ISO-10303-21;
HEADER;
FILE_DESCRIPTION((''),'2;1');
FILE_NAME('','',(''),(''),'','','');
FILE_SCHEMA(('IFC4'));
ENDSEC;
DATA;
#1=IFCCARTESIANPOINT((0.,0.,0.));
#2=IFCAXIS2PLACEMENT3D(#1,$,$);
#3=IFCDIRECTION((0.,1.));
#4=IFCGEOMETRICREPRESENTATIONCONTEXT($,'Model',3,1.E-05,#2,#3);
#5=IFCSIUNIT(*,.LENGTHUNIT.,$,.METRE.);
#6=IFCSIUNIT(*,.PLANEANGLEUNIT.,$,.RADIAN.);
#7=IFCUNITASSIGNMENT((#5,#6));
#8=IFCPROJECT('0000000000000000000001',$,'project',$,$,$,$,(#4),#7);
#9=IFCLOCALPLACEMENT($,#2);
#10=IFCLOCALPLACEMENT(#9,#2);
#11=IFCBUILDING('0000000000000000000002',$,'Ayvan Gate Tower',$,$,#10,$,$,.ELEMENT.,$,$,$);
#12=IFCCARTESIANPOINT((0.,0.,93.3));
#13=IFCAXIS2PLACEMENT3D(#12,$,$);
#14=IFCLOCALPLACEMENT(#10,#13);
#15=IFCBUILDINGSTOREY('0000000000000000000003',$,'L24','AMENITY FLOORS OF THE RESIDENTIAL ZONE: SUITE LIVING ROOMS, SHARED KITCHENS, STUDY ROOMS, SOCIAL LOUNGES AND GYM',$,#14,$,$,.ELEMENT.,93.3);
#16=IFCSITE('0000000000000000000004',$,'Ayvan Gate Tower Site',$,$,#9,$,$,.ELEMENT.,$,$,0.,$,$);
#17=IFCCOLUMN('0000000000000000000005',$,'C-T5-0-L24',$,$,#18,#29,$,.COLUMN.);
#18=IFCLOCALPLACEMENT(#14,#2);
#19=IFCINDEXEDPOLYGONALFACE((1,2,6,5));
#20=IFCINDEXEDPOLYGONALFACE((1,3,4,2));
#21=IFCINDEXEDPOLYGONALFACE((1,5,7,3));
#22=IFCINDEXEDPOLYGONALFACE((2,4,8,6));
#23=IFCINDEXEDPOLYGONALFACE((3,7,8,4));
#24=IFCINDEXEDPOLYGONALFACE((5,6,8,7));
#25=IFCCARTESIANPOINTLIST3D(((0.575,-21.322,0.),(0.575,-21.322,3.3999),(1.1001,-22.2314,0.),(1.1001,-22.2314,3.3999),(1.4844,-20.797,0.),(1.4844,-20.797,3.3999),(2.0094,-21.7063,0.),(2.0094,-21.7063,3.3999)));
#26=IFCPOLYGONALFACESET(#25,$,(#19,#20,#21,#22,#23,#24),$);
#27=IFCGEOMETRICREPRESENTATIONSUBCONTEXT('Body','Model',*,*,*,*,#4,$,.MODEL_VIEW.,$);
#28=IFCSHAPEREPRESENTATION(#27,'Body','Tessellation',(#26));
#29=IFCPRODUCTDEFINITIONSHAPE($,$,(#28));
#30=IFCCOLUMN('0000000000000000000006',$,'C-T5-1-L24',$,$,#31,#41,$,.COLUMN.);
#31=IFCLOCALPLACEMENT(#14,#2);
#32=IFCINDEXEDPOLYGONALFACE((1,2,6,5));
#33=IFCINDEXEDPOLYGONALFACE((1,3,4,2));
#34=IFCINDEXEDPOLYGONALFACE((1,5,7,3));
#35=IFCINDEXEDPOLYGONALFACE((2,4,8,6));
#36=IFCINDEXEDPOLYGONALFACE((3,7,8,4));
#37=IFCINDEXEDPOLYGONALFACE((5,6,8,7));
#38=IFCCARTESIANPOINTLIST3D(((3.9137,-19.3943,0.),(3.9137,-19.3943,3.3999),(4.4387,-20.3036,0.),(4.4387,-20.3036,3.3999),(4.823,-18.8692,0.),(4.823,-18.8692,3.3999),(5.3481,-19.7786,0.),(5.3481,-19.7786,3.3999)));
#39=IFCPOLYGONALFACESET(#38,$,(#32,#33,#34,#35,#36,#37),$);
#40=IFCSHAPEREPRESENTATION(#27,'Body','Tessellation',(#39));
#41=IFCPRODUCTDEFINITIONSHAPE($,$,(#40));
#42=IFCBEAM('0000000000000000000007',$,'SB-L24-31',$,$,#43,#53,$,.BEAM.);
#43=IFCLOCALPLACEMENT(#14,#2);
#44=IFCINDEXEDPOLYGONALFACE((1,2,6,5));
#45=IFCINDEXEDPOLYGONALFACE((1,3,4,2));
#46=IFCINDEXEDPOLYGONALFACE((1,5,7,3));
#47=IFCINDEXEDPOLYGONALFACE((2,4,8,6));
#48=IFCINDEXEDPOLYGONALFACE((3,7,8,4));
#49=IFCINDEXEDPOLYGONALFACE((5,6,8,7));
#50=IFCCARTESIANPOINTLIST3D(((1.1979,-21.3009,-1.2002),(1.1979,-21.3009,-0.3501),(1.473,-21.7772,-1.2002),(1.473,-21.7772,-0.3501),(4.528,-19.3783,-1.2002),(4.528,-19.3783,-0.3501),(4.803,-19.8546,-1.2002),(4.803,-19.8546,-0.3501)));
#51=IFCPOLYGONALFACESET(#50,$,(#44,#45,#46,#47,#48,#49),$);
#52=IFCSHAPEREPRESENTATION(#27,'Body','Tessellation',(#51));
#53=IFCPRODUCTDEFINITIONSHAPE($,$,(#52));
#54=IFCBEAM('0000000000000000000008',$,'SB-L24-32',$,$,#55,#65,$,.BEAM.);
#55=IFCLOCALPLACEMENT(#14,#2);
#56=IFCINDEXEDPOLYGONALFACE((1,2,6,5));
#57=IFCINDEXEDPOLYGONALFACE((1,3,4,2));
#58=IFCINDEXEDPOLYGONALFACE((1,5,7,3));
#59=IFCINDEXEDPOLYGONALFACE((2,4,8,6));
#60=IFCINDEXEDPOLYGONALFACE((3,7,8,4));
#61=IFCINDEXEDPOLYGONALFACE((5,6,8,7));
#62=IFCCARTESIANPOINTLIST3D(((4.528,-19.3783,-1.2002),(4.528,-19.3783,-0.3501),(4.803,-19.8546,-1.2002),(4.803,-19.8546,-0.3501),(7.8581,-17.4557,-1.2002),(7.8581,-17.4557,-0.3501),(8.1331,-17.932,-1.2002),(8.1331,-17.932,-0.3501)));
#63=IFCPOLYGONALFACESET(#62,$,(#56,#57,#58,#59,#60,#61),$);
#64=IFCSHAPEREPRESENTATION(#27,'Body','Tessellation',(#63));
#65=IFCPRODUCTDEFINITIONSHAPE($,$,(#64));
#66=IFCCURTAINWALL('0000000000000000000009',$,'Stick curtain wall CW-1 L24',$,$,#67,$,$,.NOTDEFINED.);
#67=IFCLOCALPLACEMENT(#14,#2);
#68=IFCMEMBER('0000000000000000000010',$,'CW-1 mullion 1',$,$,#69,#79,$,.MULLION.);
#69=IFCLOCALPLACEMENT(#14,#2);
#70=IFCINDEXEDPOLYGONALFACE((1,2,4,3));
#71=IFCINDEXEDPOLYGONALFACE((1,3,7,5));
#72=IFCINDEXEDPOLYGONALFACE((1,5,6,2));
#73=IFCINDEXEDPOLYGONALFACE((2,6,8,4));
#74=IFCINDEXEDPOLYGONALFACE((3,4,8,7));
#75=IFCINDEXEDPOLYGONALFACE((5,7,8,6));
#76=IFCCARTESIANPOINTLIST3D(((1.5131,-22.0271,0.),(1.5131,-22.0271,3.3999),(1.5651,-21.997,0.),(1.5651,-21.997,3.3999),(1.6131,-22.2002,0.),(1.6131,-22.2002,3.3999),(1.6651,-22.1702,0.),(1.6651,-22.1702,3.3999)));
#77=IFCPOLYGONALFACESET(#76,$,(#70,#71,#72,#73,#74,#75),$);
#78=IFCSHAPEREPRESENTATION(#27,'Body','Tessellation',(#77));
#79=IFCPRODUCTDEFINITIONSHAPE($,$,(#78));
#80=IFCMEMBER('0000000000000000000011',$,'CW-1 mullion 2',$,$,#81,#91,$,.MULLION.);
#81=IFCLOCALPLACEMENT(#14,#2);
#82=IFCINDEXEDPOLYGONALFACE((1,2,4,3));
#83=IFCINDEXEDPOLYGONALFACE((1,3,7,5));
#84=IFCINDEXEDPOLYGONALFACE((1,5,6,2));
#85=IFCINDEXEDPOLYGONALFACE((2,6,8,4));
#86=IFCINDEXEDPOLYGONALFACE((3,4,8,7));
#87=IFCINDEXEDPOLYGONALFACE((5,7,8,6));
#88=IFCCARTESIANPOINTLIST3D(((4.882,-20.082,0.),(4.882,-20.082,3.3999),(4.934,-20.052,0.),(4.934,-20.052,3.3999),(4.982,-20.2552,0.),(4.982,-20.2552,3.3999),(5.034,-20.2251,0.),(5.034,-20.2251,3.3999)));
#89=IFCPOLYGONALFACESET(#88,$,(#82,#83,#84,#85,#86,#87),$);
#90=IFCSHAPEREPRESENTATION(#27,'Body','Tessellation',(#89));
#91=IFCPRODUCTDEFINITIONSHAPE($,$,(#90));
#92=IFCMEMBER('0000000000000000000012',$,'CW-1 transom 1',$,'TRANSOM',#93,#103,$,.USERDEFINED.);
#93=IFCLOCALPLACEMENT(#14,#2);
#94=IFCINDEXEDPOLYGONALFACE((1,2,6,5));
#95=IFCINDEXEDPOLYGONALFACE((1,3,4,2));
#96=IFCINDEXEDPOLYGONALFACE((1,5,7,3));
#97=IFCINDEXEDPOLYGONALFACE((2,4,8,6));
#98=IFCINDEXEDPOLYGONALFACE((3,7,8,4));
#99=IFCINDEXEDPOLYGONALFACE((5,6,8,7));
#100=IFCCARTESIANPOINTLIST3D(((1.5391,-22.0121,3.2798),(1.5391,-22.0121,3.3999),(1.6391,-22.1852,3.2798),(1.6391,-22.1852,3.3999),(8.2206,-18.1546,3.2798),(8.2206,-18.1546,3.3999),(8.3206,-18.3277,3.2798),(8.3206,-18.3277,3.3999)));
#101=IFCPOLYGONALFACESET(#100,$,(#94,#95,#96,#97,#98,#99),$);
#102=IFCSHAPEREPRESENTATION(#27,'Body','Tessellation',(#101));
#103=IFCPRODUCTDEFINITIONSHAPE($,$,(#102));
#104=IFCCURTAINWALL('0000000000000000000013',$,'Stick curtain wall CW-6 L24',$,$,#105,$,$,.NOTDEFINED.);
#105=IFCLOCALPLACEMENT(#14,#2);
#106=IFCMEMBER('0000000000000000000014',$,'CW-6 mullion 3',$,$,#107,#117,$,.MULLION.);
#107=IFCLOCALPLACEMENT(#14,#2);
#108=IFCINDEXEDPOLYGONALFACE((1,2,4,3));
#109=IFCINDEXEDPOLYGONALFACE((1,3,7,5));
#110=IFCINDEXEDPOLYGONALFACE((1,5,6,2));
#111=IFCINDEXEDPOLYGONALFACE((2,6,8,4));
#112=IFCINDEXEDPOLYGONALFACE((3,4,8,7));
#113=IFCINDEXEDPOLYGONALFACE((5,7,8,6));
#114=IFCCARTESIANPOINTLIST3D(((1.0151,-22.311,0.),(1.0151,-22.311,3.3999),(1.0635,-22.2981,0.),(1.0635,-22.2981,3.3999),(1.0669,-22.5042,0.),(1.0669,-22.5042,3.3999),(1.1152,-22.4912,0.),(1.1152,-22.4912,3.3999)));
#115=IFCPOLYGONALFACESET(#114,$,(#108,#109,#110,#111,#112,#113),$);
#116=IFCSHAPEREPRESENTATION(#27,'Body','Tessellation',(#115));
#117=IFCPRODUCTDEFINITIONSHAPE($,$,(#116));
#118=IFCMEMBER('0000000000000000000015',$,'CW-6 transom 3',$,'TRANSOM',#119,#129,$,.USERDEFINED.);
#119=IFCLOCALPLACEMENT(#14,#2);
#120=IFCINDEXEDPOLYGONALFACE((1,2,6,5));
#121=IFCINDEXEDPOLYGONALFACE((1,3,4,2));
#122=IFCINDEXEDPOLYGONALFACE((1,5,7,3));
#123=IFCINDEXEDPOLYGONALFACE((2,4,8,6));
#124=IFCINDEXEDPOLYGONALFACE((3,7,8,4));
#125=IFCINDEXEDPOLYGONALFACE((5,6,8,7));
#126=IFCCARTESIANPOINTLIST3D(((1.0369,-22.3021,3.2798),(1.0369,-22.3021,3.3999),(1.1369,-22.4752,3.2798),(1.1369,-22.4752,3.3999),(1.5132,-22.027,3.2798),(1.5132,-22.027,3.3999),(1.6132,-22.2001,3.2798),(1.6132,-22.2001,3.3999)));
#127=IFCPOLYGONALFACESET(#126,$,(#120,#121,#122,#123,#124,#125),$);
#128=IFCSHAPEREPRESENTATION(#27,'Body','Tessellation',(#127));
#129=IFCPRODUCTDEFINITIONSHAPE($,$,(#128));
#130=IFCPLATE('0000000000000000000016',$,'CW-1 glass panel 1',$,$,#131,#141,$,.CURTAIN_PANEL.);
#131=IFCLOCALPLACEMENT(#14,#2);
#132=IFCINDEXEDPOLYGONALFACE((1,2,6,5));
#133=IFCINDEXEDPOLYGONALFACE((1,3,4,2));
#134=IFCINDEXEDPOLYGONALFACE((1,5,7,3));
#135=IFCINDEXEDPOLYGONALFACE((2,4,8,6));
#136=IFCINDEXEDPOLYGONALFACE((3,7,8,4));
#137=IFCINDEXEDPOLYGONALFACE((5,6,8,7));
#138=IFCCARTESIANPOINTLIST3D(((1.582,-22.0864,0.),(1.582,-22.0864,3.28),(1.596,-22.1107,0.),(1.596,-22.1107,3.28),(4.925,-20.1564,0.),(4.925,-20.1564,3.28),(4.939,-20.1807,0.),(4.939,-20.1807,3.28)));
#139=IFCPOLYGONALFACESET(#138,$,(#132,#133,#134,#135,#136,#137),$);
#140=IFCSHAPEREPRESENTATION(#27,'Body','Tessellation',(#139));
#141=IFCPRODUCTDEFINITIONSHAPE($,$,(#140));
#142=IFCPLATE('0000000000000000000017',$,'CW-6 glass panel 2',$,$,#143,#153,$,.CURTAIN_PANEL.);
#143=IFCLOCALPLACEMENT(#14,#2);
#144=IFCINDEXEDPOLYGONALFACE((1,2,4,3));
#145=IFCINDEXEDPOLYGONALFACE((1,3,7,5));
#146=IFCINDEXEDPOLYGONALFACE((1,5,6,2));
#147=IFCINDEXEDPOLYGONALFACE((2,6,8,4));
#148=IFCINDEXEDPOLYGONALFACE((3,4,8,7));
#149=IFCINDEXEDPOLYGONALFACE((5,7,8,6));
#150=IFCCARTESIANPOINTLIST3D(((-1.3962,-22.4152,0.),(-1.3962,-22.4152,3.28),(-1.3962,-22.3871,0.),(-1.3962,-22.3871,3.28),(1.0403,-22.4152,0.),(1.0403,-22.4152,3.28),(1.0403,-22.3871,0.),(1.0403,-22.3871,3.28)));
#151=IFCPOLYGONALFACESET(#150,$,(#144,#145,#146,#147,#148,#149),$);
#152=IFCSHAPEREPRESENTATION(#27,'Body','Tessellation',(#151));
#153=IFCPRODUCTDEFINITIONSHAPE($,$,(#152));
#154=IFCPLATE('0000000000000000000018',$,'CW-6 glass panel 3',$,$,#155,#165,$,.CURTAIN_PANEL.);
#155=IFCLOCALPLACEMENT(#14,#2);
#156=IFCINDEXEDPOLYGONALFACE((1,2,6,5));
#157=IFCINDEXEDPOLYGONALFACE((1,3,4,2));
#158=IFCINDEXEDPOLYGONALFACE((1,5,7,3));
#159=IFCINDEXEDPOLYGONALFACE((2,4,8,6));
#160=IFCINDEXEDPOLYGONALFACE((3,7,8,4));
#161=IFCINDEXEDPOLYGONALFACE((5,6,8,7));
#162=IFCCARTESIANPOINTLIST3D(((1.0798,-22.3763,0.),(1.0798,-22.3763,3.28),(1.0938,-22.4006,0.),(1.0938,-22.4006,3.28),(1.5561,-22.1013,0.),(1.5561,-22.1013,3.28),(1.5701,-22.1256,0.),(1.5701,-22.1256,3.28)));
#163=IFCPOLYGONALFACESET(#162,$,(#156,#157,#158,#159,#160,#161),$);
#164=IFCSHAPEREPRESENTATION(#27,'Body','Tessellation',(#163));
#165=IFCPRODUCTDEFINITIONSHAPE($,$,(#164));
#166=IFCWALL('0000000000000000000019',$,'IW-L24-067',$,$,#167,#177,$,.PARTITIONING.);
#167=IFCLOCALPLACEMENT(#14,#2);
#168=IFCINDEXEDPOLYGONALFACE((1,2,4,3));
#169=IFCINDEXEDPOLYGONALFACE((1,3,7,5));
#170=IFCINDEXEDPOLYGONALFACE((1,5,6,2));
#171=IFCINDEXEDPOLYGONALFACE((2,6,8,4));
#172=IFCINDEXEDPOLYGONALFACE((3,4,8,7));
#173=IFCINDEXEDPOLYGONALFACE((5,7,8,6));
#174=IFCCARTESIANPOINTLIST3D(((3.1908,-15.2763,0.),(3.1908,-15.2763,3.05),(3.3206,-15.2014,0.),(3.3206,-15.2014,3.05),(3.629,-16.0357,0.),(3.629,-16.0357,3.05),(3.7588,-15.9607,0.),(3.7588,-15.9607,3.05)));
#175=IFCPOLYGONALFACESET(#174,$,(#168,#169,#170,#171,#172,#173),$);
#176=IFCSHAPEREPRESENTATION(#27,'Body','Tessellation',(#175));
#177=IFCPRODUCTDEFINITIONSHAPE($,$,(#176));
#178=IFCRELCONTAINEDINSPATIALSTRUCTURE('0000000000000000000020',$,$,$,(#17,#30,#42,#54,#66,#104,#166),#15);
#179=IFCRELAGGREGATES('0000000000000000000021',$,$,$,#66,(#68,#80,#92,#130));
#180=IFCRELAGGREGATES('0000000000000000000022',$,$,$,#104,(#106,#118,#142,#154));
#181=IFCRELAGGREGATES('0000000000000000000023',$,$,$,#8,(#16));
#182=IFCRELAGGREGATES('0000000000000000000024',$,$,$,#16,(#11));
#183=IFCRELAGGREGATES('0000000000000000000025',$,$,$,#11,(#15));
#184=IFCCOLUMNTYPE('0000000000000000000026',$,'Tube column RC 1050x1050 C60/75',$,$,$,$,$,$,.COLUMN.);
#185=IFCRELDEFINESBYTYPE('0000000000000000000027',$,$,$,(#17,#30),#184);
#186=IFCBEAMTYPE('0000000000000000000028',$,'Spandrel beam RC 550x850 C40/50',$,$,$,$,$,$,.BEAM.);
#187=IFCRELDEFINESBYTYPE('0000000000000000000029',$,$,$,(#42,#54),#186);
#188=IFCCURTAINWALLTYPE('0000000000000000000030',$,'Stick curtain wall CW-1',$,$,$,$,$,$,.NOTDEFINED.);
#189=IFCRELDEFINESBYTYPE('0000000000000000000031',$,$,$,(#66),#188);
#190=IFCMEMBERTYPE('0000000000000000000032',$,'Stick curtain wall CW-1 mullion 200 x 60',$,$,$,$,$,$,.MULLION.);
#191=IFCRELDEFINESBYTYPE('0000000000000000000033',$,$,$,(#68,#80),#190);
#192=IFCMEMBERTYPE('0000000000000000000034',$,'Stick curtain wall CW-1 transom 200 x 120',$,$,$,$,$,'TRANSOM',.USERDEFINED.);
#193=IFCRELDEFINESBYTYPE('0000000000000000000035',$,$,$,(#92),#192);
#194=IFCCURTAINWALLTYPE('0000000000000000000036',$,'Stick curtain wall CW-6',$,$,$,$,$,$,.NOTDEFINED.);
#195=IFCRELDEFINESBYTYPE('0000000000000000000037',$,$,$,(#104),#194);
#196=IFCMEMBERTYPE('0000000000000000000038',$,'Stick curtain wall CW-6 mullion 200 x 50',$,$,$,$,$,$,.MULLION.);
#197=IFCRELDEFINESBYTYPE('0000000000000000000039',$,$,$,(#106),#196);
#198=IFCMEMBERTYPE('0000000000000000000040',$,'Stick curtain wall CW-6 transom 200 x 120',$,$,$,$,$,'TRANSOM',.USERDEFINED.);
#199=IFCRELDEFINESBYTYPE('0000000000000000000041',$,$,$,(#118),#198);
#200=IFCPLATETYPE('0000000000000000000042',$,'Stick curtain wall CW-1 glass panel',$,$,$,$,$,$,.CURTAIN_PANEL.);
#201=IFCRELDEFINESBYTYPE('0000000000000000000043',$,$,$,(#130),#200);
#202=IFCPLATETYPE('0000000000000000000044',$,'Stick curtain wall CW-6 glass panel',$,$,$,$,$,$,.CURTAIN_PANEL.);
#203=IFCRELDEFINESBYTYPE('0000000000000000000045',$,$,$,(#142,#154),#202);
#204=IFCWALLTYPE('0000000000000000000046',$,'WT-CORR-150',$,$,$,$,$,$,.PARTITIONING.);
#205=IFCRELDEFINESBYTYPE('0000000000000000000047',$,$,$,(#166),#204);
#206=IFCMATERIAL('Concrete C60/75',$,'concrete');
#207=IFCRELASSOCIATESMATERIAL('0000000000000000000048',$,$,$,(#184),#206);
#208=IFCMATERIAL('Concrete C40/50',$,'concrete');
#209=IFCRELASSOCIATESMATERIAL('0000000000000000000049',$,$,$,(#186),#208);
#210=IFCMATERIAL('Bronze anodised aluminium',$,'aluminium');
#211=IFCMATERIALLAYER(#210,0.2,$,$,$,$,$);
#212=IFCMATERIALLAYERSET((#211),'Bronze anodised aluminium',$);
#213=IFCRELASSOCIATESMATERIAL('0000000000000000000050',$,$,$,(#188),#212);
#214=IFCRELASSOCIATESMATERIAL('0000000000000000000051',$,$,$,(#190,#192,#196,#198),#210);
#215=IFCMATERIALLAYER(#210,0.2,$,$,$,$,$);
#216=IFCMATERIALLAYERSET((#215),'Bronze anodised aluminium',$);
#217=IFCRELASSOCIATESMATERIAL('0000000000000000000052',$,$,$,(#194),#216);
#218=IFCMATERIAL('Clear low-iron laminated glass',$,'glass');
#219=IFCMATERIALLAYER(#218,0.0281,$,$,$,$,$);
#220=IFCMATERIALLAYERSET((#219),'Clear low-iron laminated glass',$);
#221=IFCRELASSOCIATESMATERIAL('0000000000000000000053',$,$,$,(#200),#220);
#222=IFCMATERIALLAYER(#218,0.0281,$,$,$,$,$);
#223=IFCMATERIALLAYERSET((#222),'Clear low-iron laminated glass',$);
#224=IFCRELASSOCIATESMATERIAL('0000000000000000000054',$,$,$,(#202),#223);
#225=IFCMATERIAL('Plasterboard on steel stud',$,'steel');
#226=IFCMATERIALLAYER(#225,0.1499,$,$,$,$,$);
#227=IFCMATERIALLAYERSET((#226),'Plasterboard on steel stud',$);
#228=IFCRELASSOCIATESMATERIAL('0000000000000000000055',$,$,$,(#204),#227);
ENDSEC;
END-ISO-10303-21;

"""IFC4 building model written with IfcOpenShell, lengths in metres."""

from ifc_helpers import new_model, si_unit, direction, frame, frame_2d, origin, origin_2d, place, context, subcontext, project, spatial, rectangle, extrude, material, layer, layer_set, material_profile, profile_set, type_object, element, aggregate, save


model = new_model("IFC4")

# Units and contexts
model_context = context("Model", 3, precision=1e-05, world=origin(), true_north=direction((0.0, 1.0)))
body_context = subcontext(model_context, "Body", "Model", "MODEL_VIEW")
ifc_project = project(units=[si_unit("LENGTHUNIT", "METRE"), si_unit("PLANEANGLEUNIT", "RADIAN")], contexts=[model_context])

# Site, building, storey
site_placement = place(None, origin())
site = spatial("IfcSite", under=ifc_project, at=site_placement, Name="Ayvan Gate Tower Site", CompositionType="ELEMENT", RefElevation=0.0)
building_placement = place(site_placement, origin())
building = spatial("IfcBuilding", under=site, at=building_placement, Name="Ayvan Gate Tower", CompositionType="ELEMENT")
storey_placement = place(building_placement, frame((0.0, 0.0, 93.3)))
storey = spatial("IfcBuildingStorey", under=building, at=storey_placement, Name="L24", Description="AMENITY FLOORS OF THE RESIDENTIAL ZONE: SUITE LIVING ROOMS, SHARED KITCHENS, STUDY ROOMS, SOCIAL LOUNGES AND GYM", CompositionType="ELEMENT", Elevation=93.3)

# Columns
ifc_material_1 = material(Name="Concrete C60/75", Category="concrete")
ifc_material_profile_1 = material_profile(ifc_material_1, rectangle(XDim=1.05, YDim=1.05, at=origin_2d()), Name="RC 1050x1050")
ifc_profile_set_1 = profile_set([ifc_material_profile_1], Name="Concrete C60/75")
column_type = type_object("IfcColumnType", Name="Tube column RC 1050x1050 C60/75", PredefinedType="COLUMN", material=ifc_profile_set_1)
for number, where, z_axis, x_axis, name in (
    (1, (1.2922, -21.5142, 0.0), (0.0, 0.0, 1.0), (0.5, -0.866025, 0.0), "C-T5-0-L24"),
    (2, (4.6309, -19.5864, 0.0), (0.0, 0.0, 1.0), (0.5, -0.866025, 0.0), "C-T5-1-L24"),
):
    element("IfcColumn", number, at=place(storey_placement, frame(where, z_axis=z_axis, x_axis=x_axis)), inside=storey, type_object=column_type, Name=name, PredefinedType="COLUMN", context=body_context, shape_type="SweptSolid", body=[
        extrude(rectangle(XDim=1.05, YDim=1.05, at=origin_2d()), origin(), (0.0, 0.0, 1.0), 3.3999),
    ])

# Beams
ifc_material_2 = material(Name="Concrete C40/50", Category="concrete")
ifc_material_profile_2 = material_profile(ifc_material_2, rectangle(XDim=0.55, YDim=0.8501, at=origin_2d()), Name="RC 550x850")
ifc_profile_set_2 = profile_set([ifc_material_profile_2], Name="Concrete C40/50")
beam_type = type_object("IfcBeamType", Name="Spandrel beam RC 550x850 C40/50", PredefinedType="BEAM", material=ifc_profile_set_2)
for number, where, z_axis, x_axis, name in (
    (3, (1.3354, -21.5391, -0.7751), (0.866027, 0.499997, 0.0), (-0.499997, 0.866027, 0.0), "SB-L24-31"),
    (4, (4.6655, -19.6165, -0.7751), (0.866027, 0.499997, 0.0), (-0.499997, 0.866027, 0.0), "SB-L24-32"),
):
    element("IfcBeam", number, at=place(storey_placement, frame(where, z_axis=z_axis, x_axis=x_axis)), inside=storey, type_object=beam_type, Name=name, PredefinedType="BEAM", context=body_context, shape_type="SweptSolid", body=[
        extrude(rectangle(XDim=0.55, YDim=0.8501, at=origin_2d()), origin(), (0.0, 0.0, 1.0), 3.8452),
    ])

# Curtain walls, members
ifc_material_3 = material(Name="Bronze anodised aluminium", Category="aluminium")
ifc_layer_1 = layer(ifc_material_3, 0.2)
ifc_layer_set_1 = layer_set([ifc_layer_1], Name="Bronze anodised aluminium")
curtain_wall_type_1 = type_object("IfcCurtainWallType", Name="Stick curtain wall CW-1", PredefinedType="NOTDEFINED", material=ifc_layer_set_1)
curtain_wall_1_placement = place(storey_placement, origin())
curtain_wall_1 = element("IfcCurtainWall", 5, at=curtain_wall_1_placement, inside=storey, type_object=curtain_wall_type_1, Name="Stick curtain wall CW-1 L24", PredefinedType="NOTDEFINED")
ifc_material_profile_3 = material_profile(ifc_material_3, rectangle(XDim=0.2, YDim=0.0601, at=origin_2d()), Name="Stick curtain wall CW-1 mullion 200 x 60")
ifc_profile_set_3 = profile_set([ifc_material_profile_3], Name="Bronze anodised aluminium")
member_type_1 = type_object("IfcMemberType", Name="Stick curtain wall CW-1 mullion 200 x 60", PredefinedType="MULLION", material=ifc_profile_set_3)
member_1_placement = place(storey_placement, frame((1.5891, -22.0986, 0.0), z_axis=(0.0, 0.0, 1.0), x_axis=(0.5, -0.866025, 0.0)))
member_1 = element("IfcMember", 6, at=member_1_placement, type_object=member_type_1, Name="CW-1 mullion 1", PredefinedType="MULLION", context=body_context, shape_type="SweptSolid", body=[
    extrude(rectangle(XDim=0.2, YDim=0.0601, at=origin_2d()), origin(), (0.0, 0.0, 1.0), 3.3999),
])
member_2_placement = place(storey_placement, frame((4.958, -20.1536, 0.0), z_axis=(0.0, 0.0, 1.0), x_axis=(0.5, -0.866025, 0.0)))
member_2 = element("IfcMember", 7, at=member_2_placement, type_object=member_type_1, Name="CW-1 mullion 2", PredefinedType="MULLION", context=body_context, shape_type="SweptSolid", body=[
    extrude(rectangle(XDim=0.2, YDim=0.0601, at=origin_2d()), origin(), (0.0, 0.0, 1.0), 3.3999),
])
ifc_material_profile_4 = material_profile(ifc_material_3, rectangle(XDim=0.2, YDim=0.1201, at=origin_2d()), Name="Stick curtain wall CW-1 transom 200 x 120")
ifc_profile_set_4 = profile_set([ifc_material_profile_4], Name="Bronze anodised aluminium")
member_type_2 = type_object("IfcMemberType", Name="Stick curtain wall CW-1 transom 200 x 120", ElementType="TRANSOM", PredefinedType="USERDEFINED", material=ifc_profile_set_4)
member_3_placement = place(storey_placement, frame((1.5891, -22.0986, 3.3398), z_axis=(0.86603, 0.499992, 0.0), x_axis=(-0.499992, 0.86603, 0.0)))
member_3 = element("IfcMember", 8, at=member_3_placement, type_object=member_type_2, Name="CW-1 transom 1", ObjectType="TRANSOM", PredefinedType="USERDEFINED", context=body_context, shape_type="SweptSolid", body=[
    extrude(rectangle(XDim=0.2, YDim=0.1201, at=origin_2d()), origin(), (0.0, 0.0, 1.0), 7.7151),
])
ifc_layer_2 = layer(ifc_material_3, 0.2)
ifc_layer_set_2 = layer_set([ifc_layer_2], Name="Bronze anodised aluminium")
curtain_wall_type_2 = type_object("IfcCurtainWallType", Name="Stick curtain wall CW-6", PredefinedType="NOTDEFINED", material=ifc_layer_set_2)
curtain_wall_2_placement = place(storey_placement, origin())
curtain_wall_2 = element("IfcCurtainWall", 9, at=curtain_wall_2_placement, inside=storey, type_object=curtain_wall_type_2, Name="Stick curtain wall CW-6 L24", PredefinedType="NOTDEFINED")
ifc_material_profile_5 = material_profile(ifc_material_3, rectangle(XDim=0.2, YDim=0.05, at=origin_2d()), Name="Stick curtain wall CW-6 mullion 200 x 50")
ifc_profile_set_5 = profile_set([ifc_material_profile_5], Name="Bronze anodised aluminium")
member_type_3 = type_object("IfcMemberType", Name="Stick curtain wall CW-6 mullion 200 x 50", PredefinedType="MULLION", material=ifc_profile_set_5)
member_4_placement = place(storey_placement, frame((1.0652, -22.4011, 0.0), z_axis=(0.0, 0.0, 1.0), x_axis=(0.258819, -0.965926, 0.0)))
member_4 = element("IfcMember", 10, at=member_4_placement, type_object=member_type_3, Name="CW-6 mullion 3", PredefinedType="MULLION", context=body_context, shape_type="SweptSolid", body=[
    extrude(rectangle(XDim=0.2, YDim=0.05, at=origin_2d()), origin(), (0.0, 0.0, 1.0), 3.3999),
])
ifc_material_profile_6 = material_profile(ifc_material_3, rectangle(XDim=0.2, YDim=0.1201, at=origin_2d()), Name="Stick curtain wall CW-6 transom 200 x 120")
ifc_profile_set_6 = profile_set([ifc_material_profile_6], Name="Bronze anodised aluminium")
member_type_4 = type_object("IfcMemberType", Name="Stick curtain wall CW-6 transom 200 x 120", ElementType="TRANSOM", PredefinedType="USERDEFINED", material=ifc_profile_set_6)
member_5_placement = place(storey_placement, frame((1.0869, -22.3887, 3.3398), z_axis=(0.865912, 0.500196, 0.0), x_axis=(-0.500196, 0.865912, 0.0)))
member_5 = element("IfcMember", 11, at=member_5_placement, type_object=member_type_4, Name="CW-6 transom 3", ObjectType="TRANSOM", PredefinedType="USERDEFINED", context=body_context, shape_type="SweptSolid", body=[
    extrude(rectangle(XDim=0.2, YDim=0.1201, at=origin_2d()), origin(), (0.0, 0.0, 1.0), 0.55),
])

# Plates
ifc_material_4 = material(Name="Clear low-iron laminated glass", Category="glass")
ifc_layer_3 = layer(ifc_material_4, 0.0281)
ifc_layer_set_3 = layer_set([ifc_layer_3], Name="Clear low-iron laminated glass")
plate_type_1 = type_object("IfcPlateType", Name="Stick curtain wall CW-1 glass panel", PredefinedType="CURTAIN_PANEL", material=ifc_layer_set_3)
plate_1_placement = place(storey_placement, frame((3.2605, -21.1335, 0.0), z_axis=(0.0, 0.0, 1.0), x_axis=(0.866025, 0.5, 0.0)))
plate_1 = element("IfcPlate", 12, at=plate_1_placement, type_object=plate_type_1, Name="CW-1 glass panel 1", PredefinedType="CURTAIN_PANEL", context=body_context, shape_type="SweptSolid", body=[
    extrude(rectangle(XDim=3.8601, YDim=0.0281, at=origin_2d()), origin(), (0.0, 0.0, 1.0), 3.28),
])
aggregate(curtain_wall_1, [member_1, member_2, member_3, plate_1])
ifc_layer_4 = layer(ifc_material_4, 0.0281)
ifc_layer_set_4 = layer_set([ifc_layer_4], Name="Clear low-iron laminated glass")
plate_type_2 = type_object("IfcPlateType", Name="Stick curtain wall CW-6 glass panel", PredefinedType="CURTAIN_PANEL", material=ifc_layer_set_4)
plate_2_placement = place(storey_placement, frame((-0.178, -22.4011, 0.0), z_axis=(0.0, 0.0, 1.0), x_axis=(1.0, 0.0, 0.0)))
plate_2 = element("IfcPlate", 13, at=plate_2_placement, type_object=plate_type_2, Name="CW-6 glass panel 2", PredefinedType="CURTAIN_PANEL", context=body_context, shape_type="SweptSolid", body=[
    extrude(rectangle(XDim=2.4365, YDim=0.0281, at=origin_2d()), origin(), (0.0, 0.0, 1.0), 3.28),
])
plate_3_placement = place(storey_placement, frame((1.325, -22.251, 0.0), z_axis=(0.0, 0.0, 1.0), x_axis=(0.866025, 0.5, 0.0)))
plate_3 = element("IfcPlate", 14, at=plate_3_placement, type_object=plate_type_2, Name="CW-6 glass panel 3", PredefinedType="CURTAIN_PANEL", context=body_context, shape_type="SweptSolid", body=[
    extrude(rectangle(XDim=0.55, YDim=0.0281, at=origin_2d()), origin(), (0.0, 0.0, 1.0), 3.28),
])
aggregate(curtain_wall_2, [member_4, member_5, plate_2, plate_3])

# Wall
ifc_material_5 = material(Name="Plasterboard on steel stud", Category="steel")
ifc_layer_5 = layer(ifc_material_5, 0.1499)
ifc_layer_set_5 = layer_set([ifc_layer_5], Name="Plasterboard on steel stud")
wall_type_1 = type_object("IfcWallType", Name="WT-CORR-150", PredefinedType="PARTITIONING", material=ifc_layer_set_5)
wall_1_placement = place(storey_placement, frame((3.2556, -15.2388, 0.0), z_axis=(0.0, 0.0, 1.0), x_axis=(0.499883, -0.866093, 0.0)))
element("IfcWall", 15, at=wall_1_placement, inside=storey, type_object=wall_type_1, Name="IW-L24-067", PredefinedType="PARTITIONING", context=body_context, shape_type="SweptSolid", body=[
    extrude(rectangle(XDim=0.8767, YDim=0.1499, at=frame_2d((0.4385, 0.0))), origin(), (0.0, 0.0, 1.0), 3.05),
])

save(model, "model.ifc")
